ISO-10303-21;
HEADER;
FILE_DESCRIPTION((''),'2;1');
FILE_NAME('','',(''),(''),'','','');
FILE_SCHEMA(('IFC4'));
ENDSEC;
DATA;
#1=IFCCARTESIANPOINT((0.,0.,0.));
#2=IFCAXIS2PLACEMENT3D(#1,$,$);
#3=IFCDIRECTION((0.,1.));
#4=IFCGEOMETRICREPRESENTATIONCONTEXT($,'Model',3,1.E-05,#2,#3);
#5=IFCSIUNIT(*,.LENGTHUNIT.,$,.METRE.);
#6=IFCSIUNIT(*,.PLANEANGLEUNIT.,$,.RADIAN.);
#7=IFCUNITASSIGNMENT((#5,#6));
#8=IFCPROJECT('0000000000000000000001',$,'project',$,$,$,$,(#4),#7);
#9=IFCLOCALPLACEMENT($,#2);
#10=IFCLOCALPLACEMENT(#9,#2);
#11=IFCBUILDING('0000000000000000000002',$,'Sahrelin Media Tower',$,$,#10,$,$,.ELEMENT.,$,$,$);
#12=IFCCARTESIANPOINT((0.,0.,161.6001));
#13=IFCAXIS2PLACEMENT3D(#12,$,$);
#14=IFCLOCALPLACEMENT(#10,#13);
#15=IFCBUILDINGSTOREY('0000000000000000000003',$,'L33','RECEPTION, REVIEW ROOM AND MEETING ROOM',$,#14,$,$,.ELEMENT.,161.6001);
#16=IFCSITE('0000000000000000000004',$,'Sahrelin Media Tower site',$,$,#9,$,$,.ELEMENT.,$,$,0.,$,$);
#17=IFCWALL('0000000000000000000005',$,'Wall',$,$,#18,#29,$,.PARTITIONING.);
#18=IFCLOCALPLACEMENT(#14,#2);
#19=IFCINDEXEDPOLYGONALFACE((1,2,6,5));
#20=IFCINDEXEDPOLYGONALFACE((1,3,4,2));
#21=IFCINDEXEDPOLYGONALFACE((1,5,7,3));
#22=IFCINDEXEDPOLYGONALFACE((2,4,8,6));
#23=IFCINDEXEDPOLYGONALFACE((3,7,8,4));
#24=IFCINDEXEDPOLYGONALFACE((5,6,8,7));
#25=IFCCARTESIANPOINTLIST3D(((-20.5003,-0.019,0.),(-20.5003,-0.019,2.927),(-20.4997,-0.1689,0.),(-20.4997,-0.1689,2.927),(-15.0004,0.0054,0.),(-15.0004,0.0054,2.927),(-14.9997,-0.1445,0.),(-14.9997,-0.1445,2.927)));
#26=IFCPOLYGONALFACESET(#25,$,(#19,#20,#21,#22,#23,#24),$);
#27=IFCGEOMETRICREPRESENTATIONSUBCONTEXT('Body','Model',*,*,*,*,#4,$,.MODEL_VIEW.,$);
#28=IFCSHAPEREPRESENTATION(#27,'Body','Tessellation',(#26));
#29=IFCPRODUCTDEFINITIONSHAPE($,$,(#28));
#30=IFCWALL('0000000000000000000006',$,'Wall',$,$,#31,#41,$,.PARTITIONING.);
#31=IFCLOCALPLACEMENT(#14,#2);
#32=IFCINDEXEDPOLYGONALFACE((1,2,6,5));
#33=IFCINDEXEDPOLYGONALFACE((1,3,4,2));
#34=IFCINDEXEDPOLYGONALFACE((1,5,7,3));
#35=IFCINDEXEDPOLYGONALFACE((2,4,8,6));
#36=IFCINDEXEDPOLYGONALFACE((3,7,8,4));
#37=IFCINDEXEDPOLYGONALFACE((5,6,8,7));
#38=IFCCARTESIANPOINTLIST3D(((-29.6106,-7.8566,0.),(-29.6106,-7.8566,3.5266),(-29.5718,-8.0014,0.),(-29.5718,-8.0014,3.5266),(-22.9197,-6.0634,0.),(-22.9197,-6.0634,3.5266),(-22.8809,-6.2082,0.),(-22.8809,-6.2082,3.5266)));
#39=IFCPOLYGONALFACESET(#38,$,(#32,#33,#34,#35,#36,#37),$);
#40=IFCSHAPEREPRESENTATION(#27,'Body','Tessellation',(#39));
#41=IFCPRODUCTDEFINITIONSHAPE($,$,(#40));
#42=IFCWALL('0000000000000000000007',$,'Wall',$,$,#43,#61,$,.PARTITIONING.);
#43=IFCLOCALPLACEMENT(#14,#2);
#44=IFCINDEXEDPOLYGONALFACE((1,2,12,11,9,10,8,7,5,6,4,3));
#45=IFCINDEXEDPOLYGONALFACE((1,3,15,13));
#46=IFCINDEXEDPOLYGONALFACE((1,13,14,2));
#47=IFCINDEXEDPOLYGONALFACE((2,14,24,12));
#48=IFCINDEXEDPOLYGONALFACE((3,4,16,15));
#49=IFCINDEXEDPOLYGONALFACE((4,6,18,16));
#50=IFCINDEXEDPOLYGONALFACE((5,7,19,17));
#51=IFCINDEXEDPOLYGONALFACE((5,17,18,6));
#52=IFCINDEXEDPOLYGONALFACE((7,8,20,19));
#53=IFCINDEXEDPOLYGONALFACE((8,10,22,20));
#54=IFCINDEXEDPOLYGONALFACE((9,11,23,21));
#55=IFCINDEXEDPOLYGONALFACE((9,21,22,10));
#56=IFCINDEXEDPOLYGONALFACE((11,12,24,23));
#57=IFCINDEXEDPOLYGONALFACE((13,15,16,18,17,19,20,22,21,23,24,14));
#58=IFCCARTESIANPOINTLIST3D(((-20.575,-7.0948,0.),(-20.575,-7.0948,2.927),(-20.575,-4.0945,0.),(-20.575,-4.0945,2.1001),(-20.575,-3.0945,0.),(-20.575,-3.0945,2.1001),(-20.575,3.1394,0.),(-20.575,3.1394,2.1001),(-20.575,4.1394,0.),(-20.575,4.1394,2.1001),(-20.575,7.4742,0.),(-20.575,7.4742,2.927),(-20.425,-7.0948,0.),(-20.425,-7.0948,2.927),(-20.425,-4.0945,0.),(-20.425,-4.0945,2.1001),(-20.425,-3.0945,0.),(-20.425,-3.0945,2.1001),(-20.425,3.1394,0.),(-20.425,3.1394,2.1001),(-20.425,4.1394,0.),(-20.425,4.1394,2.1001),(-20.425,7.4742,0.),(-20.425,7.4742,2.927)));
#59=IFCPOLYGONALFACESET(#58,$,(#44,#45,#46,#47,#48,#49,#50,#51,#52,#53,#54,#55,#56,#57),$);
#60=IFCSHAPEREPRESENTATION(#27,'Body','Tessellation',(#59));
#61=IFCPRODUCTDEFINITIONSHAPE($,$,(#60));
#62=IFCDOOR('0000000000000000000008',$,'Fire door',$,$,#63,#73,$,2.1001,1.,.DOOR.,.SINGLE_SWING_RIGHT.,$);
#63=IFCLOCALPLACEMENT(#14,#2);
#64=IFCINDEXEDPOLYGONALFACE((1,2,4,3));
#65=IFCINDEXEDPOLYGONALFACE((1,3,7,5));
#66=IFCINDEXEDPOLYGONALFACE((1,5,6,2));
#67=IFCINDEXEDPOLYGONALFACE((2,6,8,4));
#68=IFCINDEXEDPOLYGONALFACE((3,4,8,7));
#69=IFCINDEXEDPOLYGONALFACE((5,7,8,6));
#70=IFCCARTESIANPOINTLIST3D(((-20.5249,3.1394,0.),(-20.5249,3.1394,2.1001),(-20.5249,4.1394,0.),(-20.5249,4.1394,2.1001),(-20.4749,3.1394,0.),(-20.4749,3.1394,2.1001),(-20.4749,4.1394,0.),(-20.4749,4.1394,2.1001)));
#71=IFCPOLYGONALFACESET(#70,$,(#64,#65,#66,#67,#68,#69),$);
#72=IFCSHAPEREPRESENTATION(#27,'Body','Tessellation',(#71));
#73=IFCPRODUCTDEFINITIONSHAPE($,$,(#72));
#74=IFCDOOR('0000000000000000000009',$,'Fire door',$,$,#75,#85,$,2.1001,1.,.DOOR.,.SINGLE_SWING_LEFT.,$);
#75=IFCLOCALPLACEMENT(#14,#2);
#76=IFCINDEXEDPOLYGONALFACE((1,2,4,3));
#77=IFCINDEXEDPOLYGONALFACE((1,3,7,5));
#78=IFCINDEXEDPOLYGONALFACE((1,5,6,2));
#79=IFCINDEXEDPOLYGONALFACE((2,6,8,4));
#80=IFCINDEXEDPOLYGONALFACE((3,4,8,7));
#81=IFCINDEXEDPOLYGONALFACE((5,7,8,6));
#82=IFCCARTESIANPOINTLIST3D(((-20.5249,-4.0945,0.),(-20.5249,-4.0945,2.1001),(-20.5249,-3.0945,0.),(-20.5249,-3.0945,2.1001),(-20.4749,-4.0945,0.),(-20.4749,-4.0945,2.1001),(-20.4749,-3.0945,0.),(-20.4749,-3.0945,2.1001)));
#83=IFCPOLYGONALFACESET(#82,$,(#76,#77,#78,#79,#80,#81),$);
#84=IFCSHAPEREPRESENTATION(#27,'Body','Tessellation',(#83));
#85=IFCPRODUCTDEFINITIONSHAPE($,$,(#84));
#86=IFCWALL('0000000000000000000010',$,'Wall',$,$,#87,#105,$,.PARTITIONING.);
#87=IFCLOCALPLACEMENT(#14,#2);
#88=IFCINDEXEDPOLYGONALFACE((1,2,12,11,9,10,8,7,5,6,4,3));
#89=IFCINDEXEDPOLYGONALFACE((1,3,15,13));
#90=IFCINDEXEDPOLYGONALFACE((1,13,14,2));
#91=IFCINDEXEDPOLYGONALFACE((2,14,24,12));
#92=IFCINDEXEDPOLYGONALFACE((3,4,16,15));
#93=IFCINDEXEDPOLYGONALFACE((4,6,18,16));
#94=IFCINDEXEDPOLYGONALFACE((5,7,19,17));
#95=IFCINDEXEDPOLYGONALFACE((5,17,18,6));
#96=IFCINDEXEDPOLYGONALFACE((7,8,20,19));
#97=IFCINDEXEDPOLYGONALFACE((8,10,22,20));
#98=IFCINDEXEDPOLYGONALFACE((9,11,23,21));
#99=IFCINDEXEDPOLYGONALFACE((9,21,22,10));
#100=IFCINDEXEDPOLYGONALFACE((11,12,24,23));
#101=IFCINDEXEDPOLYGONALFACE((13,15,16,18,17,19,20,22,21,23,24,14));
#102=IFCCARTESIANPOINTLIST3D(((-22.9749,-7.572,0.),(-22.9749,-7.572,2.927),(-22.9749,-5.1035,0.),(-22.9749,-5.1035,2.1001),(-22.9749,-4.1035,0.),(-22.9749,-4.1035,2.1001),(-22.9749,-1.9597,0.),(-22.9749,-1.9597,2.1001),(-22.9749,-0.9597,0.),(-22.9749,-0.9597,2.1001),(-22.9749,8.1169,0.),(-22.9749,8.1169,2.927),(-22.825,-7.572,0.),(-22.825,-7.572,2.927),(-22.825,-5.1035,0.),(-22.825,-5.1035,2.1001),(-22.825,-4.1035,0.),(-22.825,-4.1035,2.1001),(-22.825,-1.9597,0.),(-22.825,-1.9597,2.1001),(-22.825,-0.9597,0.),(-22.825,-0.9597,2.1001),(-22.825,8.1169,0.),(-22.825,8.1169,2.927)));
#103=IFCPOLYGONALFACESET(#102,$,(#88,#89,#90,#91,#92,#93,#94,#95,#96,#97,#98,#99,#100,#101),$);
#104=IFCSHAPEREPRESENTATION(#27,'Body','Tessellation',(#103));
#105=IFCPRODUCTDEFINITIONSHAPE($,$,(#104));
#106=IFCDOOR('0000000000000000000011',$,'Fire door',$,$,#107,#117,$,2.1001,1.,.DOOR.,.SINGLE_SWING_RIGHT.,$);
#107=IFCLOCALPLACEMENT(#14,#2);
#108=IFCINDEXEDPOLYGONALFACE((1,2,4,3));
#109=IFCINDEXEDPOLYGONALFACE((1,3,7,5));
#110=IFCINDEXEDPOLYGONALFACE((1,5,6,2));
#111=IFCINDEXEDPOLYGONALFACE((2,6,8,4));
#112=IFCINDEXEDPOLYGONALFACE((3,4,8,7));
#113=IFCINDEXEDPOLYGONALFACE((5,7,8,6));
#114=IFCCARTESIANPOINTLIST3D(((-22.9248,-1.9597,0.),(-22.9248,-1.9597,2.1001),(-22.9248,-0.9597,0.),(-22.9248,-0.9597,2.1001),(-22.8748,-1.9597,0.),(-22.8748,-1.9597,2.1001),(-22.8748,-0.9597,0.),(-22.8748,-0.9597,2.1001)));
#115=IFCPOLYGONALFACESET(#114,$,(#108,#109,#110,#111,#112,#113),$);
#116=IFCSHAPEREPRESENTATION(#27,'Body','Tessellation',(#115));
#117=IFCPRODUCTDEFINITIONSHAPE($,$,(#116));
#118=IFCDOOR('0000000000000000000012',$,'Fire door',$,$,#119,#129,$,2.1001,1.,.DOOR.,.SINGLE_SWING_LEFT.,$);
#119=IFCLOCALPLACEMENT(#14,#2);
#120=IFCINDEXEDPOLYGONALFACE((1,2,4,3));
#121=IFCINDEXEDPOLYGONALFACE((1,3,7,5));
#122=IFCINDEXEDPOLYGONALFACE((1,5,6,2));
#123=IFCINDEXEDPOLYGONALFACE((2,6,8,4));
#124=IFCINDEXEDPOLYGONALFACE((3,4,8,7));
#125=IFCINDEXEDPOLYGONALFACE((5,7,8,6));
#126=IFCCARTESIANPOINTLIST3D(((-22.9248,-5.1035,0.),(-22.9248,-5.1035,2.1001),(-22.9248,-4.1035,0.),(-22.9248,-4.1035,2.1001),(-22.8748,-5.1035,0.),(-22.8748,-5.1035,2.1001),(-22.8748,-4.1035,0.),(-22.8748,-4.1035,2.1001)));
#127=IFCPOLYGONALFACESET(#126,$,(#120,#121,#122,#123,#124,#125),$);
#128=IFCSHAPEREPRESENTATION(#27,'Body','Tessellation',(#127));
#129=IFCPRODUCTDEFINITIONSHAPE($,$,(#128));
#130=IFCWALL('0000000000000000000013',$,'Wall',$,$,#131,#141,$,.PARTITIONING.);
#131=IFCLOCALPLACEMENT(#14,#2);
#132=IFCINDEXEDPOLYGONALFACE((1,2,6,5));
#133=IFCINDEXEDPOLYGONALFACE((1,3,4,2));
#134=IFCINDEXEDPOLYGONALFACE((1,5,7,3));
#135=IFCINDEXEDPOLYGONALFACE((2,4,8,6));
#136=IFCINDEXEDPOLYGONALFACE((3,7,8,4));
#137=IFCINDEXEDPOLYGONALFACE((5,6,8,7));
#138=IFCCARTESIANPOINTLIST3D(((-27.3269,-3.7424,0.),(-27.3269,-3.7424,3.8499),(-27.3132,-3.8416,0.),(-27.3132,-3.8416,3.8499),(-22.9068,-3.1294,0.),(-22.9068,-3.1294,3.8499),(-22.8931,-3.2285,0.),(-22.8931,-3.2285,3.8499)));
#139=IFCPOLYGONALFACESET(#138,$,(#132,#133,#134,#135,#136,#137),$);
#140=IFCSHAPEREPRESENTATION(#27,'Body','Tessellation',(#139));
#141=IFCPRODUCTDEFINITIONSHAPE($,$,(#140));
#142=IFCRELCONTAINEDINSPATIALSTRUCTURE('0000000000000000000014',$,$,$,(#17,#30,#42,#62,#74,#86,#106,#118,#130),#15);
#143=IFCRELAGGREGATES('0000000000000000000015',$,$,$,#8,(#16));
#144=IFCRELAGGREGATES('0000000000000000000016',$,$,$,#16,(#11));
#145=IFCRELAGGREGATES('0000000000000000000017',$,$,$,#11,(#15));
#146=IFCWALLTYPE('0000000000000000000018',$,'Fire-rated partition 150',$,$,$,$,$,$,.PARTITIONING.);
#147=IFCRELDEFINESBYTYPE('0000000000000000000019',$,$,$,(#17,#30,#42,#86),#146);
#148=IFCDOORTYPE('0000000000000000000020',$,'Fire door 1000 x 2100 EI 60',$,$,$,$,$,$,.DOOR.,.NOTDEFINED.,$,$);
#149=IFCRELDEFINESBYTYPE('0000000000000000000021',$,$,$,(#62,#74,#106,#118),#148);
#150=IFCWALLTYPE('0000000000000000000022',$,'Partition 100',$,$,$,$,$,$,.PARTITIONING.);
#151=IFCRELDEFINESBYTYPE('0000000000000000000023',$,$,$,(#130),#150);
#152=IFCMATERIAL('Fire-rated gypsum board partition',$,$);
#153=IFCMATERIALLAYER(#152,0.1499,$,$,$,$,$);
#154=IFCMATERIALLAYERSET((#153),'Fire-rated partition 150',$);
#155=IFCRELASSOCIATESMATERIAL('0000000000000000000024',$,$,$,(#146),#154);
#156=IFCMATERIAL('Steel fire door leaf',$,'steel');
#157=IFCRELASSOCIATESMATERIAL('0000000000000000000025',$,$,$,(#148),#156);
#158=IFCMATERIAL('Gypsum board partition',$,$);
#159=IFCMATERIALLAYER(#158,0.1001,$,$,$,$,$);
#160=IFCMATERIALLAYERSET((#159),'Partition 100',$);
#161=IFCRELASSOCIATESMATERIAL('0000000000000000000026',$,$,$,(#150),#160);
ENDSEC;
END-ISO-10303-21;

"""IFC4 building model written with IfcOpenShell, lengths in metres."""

from ifc_helpers import new_model, si_unit, direction, frame, frame_2d, origin, place, context, subcontext, project, spatial, rectangle, extrude, material, layer, layer_set, type_object, element, fill, save


model = new_model("IFC4")

# Units and contexts
model_context = context("Model", 3, precision=1e-05, world=origin(), true_north=direction((0.0, 1.0)))
body_context = subcontext(model_context, "Body", "Model", "MODEL_VIEW")
ifc_project = project(units=[si_unit("LENGTHUNIT", "METRE"), si_unit("PLANEANGLEUNIT", "RADIAN")], contexts=[model_context])

# Site, building, storey
site_placement = place(None, origin())
site = spatial("IfcSite", under=ifc_project, at=site_placement, Name="Sahrelin Media Tower site", CompositionType="ELEMENT", RefElevation=0.0)
building_placement = place(site_placement, origin())
building = spatial("IfcBuilding", under=site, at=building_placement, Name="Sahrelin Media Tower", CompositionType="ELEMENT")
storey_placement = place(building_placement, frame((0.0, 0.0, 161.6001)))
storey = spatial("IfcBuildingStorey", under=building, at=storey_placement, Name="L33", Description="RECEPTION, REVIEW ROOM AND MEETING ROOM", CompositionType="ELEMENT", Elevation=161.6001)

# Shared definitions
ifc_material_1 = material(Name="Fire-rated gypsum board partition")
ifc_layer_1 = layer(ifc_material_1, 0.1499)
ifc_layer_set_1 = layer_set([ifc_layer_1], Name="Fire-rated partition 150")
wall_type_1 = type_object("IfcWallType", Name="Fire-rated partition 150", PredefinedType="PARTITIONING", material=ifc_layer_set_1)
ifc_material_2 = material(Name="Steel fire door leaf", Category="steel")
door_type = type_object("IfcDoorType", Name="Fire door 1000 x 2100 EI 60", OperationType="NOTDEFINED", PredefinedType="DOOR", material=ifc_material_2)

# Walls
wall_1_placement = place(storey_placement, frame((-20.5, -0.094, 0.0), z_axis=(0.0, 0.0, 1.0), x_axis=(0.99999, 0.004439, 0.0)))
element("IfcWall", 1, at=wall_1_placement, inside=storey, type_object=wall_type_1, Name="Wall", PredefinedType="PARTITIONING", context=body_context, shape_type="SweptSolid", body=[
    extrude(rectangle(XDim=5.5, YDim=0.1499, at=frame_2d((2.75, 0.0))), origin(), (0.0, 0.0, 1.0), 2.927),
])
wall_2_placement = place(storey_placement, frame((-29.5911, -7.929, 0.0), z_axis=(0.0, 0.0, 1.0), x_axis=(0.965912, 0.258871, 0.0)))
element("IfcWall", 2, at=wall_2_placement, inside=storey, type_object=wall_type_1, Name="Wall", PredefinedType="PARTITIONING", context=body_context, shape_type="SweptSolid", body=[
    extrude(rectangle(XDim=6.927, YDim=0.1499, at=frame_2d((3.4634, 0.0))), origin(), (0.0, 0.0, 1.0), 3.5266),
])

# Walls, openings, doors
wall_3_placement = place(storey_placement, frame((-20.5, -7.095, 0.0), z_axis=(0.0, 0.0, 1.0), x_axis=(0.0, 1.0, 0.0)))
wall_3 = element("IfcWall", 3, at=wall_3_placement, inside=storey, type_object=wall_type_1, Name="Wall", PredefinedType="PARTITIONING", context=body_context, shape_type="SweptSolid", body=[
    extrude(rectangle(XDim=14.5691, YDim=0.1499, at=frame_2d((7.2847, 0.0))), origin(), (0.0, 0.0, 1.0), 2.927),
])
opening_1_placement = place(wall_3_placement, frame((10.2344, 0.0, 0.0)))
opening_1 = element("IfcOpeningElement", 4, at=opening_1_placement, cuts=wall_3, PredefinedType="OPENING", context=body_context, shape_type="SweptSolid", body=[
    extrude(rectangle(XDim=1.0, YDim=2.1001, at=frame_2d((0.5, 1.05))), frame((0.0, 0.075, 0.0), z_axis=(0.0, -1.0, 0.0), x_axis=(1.0, 0.0, 0.0)), (0.0, 0.0, 1.0), 0.1499),
])
opening_2_placement = place(wall_3_placement, frame((3.0005, 0.0, 0.0)))
opening_2 = element("IfcOpeningElement", 5, at=opening_2_placement, cuts=wall_3, PredefinedType="OPENING", context=body_context, shape_type="SweptSolid", body=[
    extrude(rectangle(XDim=1.0, YDim=2.1001, at=frame_2d((0.5, 1.05))), frame((0.0, 0.075, 0.0), z_axis=(0.0, -1.0, 0.0), x_axis=(1.0, 0.0, 0.0)), (0.0, 0.0, 1.0), 0.1499),
])
door_1_placement = place(opening_1_placement, origin())
door_1 = element("IfcDoor", 6, at=door_1_placement, inside=storey, type_object=door_type, Name="Fire door", OperationType="SINGLE_SWING_RIGHT", OverallHeight=2.1001, OverallWidth=1.0, PredefinedType="DOOR", context=body_context, shape_type="SweptSolid", body=[
    extrude(rectangle(XDim=1.0, YDim=2.1001, at=frame_2d((0.5, 1.05))), frame((0.0, 0.0249, 0.0), z_axis=(0.0, -1.0, 0.0), x_axis=(1.0, 0.0, 0.0)), (0.0, 0.0, 1.0), 0.05),
])
fill(opening_1, door_1)
door_2_placement = place(opening_2_placement, origin())
door_2 = element("IfcDoor", 7, at=door_2_placement, inside=storey, type_object=door_type, Name="Fire door", OperationType="SINGLE_SWING_LEFT", OverallHeight=2.1001, OverallWidth=1.0, PredefinedType="DOOR", context=body_context, shape_type="SweptSolid", body=[
    extrude(rectangle(XDim=1.0, YDim=2.1001, at=frame_2d((0.5, 1.05))), frame((0.0, 0.0249, 0.0), z_axis=(0.0, -1.0, 0.0), x_axis=(1.0, 0.0, 0.0)), (0.0, 0.0, 1.0), 0.05),
])
fill(opening_2, door_2)
wall_4_placement = place(storey_placement, frame((-22.8999, -7.572, 0.0), z_axis=(0.0, 0.0, 1.0), x_axis=(0.0, 1.0, 0.0)))
wall_4 = element("IfcWall", 8, at=wall_4_placement, inside=storey, type_object=wall_type_1, Name="Wall", PredefinedType="PARTITIONING", context=body_context, shape_type="SweptSolid", body=[
    extrude(rectangle(XDim=15.689, YDim=0.1499, at=frame_2d((7.8445, 0.0))), origin(), (0.0, 0.0, 1.0), 2.927),
])
opening_3_placement = place(wall_4_placement, frame((5.6123, 0.0, 0.0)))
opening_3 = element("IfcOpeningElement", 9, at=opening_3_placement, cuts=wall_4, PredefinedType="OPENING", context=body_context, shape_type="SweptSolid", body=[
    extrude(rectangle(XDim=1.0, YDim=2.1001, at=frame_2d((0.5, 1.05))), frame((0.0, 0.075, 0.0), z_axis=(0.0, -1.0, 0.0), x_axis=(1.0, 0.0, 0.0)), (0.0, 0.0, 1.0), 0.1499),
])
opening_4_placement = place(wall_4_placement, frame((2.4685, 0.0, 0.0)))
opening_4 = element("IfcOpeningElement", 10, at=opening_4_placement, cuts=wall_4, PredefinedType="OPENING", context=body_context, shape_type="SweptSolid", body=[
    extrude(rectangle(XDim=1.0, YDim=2.1001, at=frame_2d((0.5, 1.05))), frame((0.0, 0.075, 0.0), z_axis=(0.0, -1.0, 0.0), x_axis=(1.0, 0.0, 0.0)), (0.0, 0.0, 1.0), 0.1499),
])
door_3_placement = place(opening_3_placement, origin())
door_3 = element("IfcDoor", 11, at=door_3_placement, inside=storey, type_object=door_type, Name="Fire door", OperationType="SINGLE_SWING_RIGHT", OverallHeight=2.1001, OverallWidth=1.0, PredefinedType="DOOR", context=body_context, shape_type="SweptSolid", body=[
    extrude(rectangle(XDim=1.0, YDim=2.1001, at=frame_2d((0.5, 1.05))), frame((0.0, 0.0249, 0.0), z_axis=(0.0, -1.0, 0.0), x_axis=(1.0, 0.0, 0.0)), (0.0, 0.0, 1.0), 0.05),
])
fill(opening_3, door_3)
door_4_placement = place(opening_4_placement, origin())
door_4 = element("IfcDoor", 12, at=door_4_placement, inside=storey, type_object=door_type, Name="Fire door", OperationType="SINGLE_SWING_LEFT", OverallHeight=2.1001, OverallWidth=1.0, PredefinedType="DOOR", context=body_context, shape_type="SweptSolid", body=[
    extrude(rectangle(XDim=1.0, YDim=2.1001, at=frame_2d((0.5, 1.05))), frame((0.0, 0.0249, 0.0), z_axis=(0.0, -1.0, 0.0), x_axis=(1.0, 0.0, 0.0)), (0.0, 0.0, 1.0), 0.05),
])
fill(opening_4, door_4)

# Wall
ifc_material_3 = material(Name="Gypsum board partition")
ifc_layer_2 = layer(ifc_material_3, 0.1001)
ifc_layer_set_2 = layer_set([ifc_layer_2], Name="Partition 100")
wall_type_2 = type_object("IfcWallType", Name="Partition 100", PredefinedType="PARTITIONING", material=ifc_layer_set_2)
wall_5_placement = place(storey_placement, frame((-27.3201, -3.792, 0.0), z_axis=(0.0, 0.0, 1.0), x_axis=(0.990519, 0.137376, 0.0)))
element("IfcWall", 13, at=wall_5_placement, inside=storey, type_object=wall_type_2, Name="Wall", PredefinedType="PARTITIONING", context=body_context, shape_type="SweptSolid", body=[
    extrude(rectangle(XDim=4.4624, YDim=0.1001, at=frame_2d((2.2312, 0.0))), origin(), (0.0, 0.0, 1.0), 3.8499),
])

save(model, "model.ifc")
